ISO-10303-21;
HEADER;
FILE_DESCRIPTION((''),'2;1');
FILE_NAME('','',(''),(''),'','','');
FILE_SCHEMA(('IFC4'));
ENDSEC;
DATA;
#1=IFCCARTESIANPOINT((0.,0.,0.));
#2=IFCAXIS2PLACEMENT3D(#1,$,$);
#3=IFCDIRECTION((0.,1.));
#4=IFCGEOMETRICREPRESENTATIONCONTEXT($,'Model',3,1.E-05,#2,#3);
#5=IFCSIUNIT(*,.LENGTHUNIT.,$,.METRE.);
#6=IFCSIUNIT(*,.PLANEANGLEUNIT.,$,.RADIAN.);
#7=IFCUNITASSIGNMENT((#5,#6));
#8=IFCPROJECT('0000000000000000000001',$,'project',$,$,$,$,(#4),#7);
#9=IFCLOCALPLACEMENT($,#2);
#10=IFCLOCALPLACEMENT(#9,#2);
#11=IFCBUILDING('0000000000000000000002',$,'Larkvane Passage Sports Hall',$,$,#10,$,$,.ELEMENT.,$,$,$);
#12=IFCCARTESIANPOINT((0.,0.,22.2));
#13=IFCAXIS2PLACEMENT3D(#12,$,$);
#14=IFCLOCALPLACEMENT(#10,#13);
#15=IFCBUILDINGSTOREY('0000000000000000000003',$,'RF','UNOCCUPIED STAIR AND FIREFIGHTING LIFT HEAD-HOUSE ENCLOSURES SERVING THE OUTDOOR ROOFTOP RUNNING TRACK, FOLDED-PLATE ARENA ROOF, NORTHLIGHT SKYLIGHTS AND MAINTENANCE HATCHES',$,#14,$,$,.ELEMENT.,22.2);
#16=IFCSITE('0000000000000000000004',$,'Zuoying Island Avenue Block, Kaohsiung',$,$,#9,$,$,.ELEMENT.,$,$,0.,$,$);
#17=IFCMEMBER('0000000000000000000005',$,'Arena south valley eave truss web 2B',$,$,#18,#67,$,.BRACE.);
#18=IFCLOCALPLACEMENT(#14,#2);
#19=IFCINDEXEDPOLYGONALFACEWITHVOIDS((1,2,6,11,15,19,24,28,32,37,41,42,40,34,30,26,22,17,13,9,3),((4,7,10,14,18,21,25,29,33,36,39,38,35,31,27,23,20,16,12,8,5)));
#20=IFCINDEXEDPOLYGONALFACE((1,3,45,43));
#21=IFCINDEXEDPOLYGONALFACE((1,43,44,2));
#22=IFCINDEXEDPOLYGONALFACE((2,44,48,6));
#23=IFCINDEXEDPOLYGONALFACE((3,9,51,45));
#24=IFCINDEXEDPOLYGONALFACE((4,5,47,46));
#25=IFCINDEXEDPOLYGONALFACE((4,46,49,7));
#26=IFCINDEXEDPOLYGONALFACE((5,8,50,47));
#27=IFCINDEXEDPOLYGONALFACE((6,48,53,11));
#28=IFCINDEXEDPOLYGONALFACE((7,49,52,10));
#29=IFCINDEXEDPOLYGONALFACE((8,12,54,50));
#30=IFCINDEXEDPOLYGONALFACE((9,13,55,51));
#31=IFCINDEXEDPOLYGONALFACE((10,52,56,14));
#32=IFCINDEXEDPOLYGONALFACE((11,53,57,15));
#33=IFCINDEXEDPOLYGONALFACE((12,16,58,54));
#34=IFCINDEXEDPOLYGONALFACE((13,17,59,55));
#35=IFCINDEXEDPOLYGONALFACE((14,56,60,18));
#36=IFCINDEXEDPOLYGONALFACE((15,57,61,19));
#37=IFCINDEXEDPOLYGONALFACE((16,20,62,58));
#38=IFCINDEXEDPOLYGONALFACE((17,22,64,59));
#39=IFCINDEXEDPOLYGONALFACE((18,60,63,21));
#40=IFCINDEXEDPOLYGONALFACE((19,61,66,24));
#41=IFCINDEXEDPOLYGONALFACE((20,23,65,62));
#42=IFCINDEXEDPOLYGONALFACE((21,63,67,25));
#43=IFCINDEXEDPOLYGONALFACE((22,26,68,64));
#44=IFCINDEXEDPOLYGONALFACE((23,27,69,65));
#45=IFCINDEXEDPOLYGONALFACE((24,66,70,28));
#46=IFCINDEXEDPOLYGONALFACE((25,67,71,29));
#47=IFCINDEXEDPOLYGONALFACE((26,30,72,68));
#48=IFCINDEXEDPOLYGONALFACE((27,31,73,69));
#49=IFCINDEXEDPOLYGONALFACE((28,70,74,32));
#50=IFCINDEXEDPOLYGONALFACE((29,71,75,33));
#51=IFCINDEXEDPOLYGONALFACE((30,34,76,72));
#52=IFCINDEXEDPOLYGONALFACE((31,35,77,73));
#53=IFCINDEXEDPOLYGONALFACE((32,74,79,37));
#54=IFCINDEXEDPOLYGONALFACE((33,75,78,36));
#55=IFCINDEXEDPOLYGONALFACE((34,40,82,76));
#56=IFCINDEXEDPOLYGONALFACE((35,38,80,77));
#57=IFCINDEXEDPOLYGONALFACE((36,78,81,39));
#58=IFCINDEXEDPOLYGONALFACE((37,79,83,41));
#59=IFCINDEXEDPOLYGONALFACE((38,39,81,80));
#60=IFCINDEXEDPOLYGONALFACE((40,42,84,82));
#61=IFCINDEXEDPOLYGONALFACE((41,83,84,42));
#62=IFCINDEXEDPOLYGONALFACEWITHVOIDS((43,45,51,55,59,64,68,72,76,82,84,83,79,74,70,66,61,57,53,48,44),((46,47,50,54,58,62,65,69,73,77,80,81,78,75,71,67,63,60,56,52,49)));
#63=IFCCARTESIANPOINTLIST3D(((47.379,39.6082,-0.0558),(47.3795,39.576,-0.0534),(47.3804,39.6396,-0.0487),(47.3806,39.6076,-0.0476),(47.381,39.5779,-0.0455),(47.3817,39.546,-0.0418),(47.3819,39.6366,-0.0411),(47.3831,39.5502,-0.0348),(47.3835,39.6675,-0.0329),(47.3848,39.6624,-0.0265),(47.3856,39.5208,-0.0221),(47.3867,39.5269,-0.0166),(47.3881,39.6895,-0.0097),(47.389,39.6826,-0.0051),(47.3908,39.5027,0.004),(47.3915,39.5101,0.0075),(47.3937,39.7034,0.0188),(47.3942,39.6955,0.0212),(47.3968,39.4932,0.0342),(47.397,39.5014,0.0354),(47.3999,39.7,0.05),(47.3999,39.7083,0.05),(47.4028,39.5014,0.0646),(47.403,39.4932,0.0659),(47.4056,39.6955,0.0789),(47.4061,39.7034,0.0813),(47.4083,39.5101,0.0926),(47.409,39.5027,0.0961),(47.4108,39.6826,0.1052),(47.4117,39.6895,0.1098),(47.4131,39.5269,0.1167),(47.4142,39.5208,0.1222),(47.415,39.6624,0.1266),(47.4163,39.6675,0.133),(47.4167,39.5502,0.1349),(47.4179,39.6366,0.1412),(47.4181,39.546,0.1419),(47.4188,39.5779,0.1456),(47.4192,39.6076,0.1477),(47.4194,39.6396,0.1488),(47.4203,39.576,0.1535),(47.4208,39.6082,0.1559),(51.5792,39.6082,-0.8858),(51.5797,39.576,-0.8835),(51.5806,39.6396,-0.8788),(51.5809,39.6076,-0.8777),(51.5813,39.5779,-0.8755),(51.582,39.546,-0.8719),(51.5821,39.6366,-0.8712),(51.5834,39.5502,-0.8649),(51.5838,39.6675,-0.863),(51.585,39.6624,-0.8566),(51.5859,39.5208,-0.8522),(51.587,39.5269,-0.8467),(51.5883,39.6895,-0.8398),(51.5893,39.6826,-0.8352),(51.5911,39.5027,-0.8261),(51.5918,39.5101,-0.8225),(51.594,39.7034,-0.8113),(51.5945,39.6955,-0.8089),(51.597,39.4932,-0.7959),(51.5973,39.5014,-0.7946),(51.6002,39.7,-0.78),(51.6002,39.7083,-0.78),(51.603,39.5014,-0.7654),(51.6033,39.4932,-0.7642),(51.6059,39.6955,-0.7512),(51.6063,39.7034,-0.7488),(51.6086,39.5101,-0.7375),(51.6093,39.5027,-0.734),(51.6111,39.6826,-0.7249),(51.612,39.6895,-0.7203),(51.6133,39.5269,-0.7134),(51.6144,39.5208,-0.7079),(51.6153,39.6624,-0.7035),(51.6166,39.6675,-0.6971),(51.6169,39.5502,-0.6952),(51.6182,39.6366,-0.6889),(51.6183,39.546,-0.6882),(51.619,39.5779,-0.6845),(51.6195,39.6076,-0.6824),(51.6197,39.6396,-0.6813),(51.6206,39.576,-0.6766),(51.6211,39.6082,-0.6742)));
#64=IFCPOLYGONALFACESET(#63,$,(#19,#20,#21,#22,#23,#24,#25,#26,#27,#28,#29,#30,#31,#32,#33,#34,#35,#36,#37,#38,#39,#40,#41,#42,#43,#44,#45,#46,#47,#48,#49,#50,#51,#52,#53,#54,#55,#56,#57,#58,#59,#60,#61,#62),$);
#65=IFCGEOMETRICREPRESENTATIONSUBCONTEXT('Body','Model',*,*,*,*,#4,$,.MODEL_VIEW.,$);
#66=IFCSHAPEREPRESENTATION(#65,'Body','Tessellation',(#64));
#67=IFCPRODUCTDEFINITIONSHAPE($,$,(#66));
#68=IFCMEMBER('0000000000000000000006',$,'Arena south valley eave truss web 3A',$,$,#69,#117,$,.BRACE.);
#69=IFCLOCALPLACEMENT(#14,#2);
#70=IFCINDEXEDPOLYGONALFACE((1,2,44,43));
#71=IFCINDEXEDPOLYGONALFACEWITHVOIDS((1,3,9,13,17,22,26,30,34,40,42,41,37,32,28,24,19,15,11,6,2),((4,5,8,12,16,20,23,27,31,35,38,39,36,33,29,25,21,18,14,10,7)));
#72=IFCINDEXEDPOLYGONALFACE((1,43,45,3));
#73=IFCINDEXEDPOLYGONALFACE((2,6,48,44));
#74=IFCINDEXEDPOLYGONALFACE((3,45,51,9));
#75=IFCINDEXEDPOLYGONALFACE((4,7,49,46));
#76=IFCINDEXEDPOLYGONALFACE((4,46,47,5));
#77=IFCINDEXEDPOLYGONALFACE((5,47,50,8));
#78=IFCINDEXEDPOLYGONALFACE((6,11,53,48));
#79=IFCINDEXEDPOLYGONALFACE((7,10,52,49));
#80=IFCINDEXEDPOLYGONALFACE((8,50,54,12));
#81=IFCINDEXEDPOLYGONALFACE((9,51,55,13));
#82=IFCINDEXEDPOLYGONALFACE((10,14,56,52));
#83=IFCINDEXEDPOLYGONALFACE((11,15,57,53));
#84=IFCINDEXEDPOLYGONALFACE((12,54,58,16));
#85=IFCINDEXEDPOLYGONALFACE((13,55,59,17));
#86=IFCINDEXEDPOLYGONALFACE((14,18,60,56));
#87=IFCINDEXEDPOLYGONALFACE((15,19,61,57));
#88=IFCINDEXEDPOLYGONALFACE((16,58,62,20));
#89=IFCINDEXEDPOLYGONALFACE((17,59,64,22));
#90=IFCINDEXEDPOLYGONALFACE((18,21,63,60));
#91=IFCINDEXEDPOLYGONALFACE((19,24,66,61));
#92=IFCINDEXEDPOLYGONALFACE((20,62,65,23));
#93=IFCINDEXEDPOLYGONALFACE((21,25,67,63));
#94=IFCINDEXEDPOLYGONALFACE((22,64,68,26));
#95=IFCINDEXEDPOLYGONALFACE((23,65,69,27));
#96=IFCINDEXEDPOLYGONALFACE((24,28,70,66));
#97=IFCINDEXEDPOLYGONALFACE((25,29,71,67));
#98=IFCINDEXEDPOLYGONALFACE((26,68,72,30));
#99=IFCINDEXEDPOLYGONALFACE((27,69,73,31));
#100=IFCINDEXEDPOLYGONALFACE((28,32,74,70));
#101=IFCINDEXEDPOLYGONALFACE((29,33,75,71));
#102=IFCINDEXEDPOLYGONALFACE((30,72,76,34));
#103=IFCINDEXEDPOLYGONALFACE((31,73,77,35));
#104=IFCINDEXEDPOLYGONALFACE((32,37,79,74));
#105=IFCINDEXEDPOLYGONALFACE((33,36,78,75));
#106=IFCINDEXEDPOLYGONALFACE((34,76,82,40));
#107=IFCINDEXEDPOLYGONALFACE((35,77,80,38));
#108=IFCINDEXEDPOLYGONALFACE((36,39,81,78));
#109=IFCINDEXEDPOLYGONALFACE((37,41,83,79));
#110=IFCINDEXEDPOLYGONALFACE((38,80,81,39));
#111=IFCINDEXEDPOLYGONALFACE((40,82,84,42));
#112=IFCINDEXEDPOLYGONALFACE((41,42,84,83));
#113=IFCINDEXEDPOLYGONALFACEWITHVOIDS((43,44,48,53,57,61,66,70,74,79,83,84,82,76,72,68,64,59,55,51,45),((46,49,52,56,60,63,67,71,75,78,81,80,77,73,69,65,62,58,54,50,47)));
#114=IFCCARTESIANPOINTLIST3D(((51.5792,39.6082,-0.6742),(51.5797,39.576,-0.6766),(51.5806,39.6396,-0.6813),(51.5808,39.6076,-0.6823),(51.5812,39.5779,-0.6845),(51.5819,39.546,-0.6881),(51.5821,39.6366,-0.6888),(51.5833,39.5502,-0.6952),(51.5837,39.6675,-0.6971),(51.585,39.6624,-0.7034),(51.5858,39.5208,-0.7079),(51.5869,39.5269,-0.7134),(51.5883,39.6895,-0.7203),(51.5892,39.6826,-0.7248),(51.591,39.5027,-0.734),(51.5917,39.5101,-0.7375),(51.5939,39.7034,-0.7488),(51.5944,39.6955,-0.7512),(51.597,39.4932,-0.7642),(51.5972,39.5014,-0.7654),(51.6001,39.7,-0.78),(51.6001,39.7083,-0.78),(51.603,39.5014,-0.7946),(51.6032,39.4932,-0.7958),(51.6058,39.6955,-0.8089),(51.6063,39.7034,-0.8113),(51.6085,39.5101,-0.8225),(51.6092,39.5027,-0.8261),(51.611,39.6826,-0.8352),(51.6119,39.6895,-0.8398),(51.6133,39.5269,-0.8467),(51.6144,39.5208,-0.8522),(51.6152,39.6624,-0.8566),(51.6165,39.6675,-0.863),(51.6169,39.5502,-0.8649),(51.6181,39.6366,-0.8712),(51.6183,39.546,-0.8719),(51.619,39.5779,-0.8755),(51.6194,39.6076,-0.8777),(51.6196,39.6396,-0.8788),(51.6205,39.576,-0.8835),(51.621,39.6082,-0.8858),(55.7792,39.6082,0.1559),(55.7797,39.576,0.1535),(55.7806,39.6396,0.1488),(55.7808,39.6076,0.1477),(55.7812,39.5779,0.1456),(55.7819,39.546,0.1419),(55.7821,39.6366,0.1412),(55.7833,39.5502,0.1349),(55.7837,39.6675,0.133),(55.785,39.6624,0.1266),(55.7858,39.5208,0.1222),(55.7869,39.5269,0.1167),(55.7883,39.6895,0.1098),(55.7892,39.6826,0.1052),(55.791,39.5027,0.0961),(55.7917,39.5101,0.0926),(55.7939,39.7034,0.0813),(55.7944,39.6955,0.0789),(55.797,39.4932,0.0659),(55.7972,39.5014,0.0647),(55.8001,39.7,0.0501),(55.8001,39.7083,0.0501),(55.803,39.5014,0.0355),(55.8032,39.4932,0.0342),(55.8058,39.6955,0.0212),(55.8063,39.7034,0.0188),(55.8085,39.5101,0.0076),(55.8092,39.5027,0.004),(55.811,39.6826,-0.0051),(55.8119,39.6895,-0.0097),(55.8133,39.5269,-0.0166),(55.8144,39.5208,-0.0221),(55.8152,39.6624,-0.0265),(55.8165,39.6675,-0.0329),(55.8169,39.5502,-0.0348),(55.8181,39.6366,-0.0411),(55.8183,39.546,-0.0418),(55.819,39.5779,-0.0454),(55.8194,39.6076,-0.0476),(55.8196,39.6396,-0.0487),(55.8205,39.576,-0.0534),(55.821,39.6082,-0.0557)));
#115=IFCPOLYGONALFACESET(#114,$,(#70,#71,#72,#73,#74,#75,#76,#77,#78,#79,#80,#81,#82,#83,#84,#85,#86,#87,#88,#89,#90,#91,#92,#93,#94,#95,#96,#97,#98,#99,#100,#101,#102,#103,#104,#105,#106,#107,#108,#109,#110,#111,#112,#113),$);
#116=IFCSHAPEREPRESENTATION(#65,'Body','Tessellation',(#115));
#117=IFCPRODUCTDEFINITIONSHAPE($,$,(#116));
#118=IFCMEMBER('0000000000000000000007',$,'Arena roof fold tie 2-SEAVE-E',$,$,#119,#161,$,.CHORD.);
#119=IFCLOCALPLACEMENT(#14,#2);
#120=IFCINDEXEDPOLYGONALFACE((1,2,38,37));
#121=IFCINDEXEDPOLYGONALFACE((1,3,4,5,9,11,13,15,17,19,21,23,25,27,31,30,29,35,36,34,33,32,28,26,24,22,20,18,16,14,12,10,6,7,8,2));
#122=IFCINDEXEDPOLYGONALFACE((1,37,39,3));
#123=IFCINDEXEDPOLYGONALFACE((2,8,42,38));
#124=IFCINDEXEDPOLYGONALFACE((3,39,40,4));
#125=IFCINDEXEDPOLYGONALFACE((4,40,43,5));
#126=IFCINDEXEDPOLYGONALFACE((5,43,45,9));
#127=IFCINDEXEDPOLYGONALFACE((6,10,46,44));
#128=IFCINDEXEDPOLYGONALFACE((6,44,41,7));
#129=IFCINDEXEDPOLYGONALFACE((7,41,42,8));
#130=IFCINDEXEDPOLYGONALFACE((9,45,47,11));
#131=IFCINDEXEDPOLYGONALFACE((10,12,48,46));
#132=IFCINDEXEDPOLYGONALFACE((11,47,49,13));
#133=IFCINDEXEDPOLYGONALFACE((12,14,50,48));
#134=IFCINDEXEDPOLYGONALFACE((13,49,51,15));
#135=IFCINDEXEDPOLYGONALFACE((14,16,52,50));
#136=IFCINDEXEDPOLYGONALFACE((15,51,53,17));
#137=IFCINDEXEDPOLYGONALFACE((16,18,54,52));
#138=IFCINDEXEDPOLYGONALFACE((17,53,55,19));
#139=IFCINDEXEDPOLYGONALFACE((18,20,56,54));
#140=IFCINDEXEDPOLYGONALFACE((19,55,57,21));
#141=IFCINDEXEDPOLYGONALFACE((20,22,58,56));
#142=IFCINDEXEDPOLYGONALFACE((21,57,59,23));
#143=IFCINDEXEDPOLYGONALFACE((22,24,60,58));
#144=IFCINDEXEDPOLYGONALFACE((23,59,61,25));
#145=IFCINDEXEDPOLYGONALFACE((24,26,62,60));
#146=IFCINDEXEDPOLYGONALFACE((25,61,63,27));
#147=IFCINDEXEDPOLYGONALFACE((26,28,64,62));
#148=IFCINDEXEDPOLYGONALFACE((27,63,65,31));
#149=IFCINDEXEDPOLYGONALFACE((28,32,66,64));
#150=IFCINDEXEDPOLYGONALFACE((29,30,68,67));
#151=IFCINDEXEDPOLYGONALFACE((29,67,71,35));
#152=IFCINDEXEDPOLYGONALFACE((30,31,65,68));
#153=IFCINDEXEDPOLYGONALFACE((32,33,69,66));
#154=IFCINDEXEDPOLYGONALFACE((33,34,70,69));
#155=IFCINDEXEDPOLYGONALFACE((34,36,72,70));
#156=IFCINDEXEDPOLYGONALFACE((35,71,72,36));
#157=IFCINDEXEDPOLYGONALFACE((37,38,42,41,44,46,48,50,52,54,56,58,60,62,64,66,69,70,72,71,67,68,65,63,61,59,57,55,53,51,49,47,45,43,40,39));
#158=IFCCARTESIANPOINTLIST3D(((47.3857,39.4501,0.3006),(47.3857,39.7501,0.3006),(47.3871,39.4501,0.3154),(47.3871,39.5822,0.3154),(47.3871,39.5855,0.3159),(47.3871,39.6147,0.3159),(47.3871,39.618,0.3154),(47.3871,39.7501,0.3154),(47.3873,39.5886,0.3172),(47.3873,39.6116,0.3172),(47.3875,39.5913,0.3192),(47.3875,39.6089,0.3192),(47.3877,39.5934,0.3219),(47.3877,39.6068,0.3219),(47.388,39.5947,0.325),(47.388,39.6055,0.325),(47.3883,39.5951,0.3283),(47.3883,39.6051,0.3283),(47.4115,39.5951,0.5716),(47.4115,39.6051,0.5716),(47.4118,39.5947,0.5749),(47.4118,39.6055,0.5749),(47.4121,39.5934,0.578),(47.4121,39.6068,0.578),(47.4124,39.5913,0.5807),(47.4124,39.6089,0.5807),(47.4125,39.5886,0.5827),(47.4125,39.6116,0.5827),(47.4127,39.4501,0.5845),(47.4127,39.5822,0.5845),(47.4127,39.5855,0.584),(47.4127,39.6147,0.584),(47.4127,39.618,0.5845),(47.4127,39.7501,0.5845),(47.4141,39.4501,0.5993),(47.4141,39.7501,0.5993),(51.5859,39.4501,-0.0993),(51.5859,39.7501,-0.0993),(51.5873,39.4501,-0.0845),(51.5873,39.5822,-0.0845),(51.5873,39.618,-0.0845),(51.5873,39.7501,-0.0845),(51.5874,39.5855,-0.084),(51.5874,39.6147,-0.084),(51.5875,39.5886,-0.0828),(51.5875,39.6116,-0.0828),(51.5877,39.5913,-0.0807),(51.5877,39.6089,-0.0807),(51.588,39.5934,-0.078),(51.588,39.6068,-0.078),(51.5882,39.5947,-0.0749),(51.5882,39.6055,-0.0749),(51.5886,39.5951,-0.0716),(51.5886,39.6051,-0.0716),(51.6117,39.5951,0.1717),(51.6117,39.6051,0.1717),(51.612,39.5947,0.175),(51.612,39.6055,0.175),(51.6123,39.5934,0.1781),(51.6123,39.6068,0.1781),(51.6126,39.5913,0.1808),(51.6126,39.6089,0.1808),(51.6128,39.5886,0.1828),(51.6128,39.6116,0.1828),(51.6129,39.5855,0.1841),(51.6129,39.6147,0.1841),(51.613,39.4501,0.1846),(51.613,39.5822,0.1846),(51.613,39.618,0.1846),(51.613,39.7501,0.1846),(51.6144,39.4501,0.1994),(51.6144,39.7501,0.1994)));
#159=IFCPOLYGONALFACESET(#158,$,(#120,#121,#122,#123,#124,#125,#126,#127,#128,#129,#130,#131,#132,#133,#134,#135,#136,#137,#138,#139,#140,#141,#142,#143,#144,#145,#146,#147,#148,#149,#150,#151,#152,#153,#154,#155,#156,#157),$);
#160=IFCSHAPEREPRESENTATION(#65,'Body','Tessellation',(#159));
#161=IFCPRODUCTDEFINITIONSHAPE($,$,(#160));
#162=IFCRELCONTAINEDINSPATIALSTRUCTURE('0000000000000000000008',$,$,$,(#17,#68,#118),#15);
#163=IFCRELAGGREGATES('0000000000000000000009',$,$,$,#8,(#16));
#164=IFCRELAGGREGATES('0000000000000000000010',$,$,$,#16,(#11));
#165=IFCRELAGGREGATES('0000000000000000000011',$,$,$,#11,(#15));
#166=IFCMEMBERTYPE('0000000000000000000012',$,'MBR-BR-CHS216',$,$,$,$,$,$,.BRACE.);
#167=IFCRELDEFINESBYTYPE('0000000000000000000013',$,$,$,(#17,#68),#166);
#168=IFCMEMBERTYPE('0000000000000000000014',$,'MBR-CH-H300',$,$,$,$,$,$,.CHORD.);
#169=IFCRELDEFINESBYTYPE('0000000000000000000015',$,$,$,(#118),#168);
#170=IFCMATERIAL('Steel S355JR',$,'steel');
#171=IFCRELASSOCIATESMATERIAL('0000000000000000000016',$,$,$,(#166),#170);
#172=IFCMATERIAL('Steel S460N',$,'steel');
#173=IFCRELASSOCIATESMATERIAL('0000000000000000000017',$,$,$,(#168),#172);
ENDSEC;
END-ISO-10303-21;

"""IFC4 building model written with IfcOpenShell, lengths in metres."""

from ifc_helpers import new_model, si_unit, direction, frame, origin, origin_2d, place, context, subcontext, project, spatial, hollow_circle, i_section, extrude, material, material_profile, profile_set, type_object, element, save


model = new_model("IFC4")

# Units and contexts
model_context = context("Model", 3, precision=1e-05, world=origin(), true_north=direction((0.0, 1.0)))
body_context = subcontext(model_context, "Body", "Model", "MODEL_VIEW")
ifc_project = project(units=[si_unit("LENGTHUNIT", "METRE"), si_unit("PLANEANGLEUNIT", "RADIAN")], contexts=[model_context])

# Site, building, storey
site_placement = place(None, origin())
site = spatial("IfcSite", under=ifc_project, at=site_placement, Name="Zuoying Island Avenue Block, Kaohsiung", CompositionType="ELEMENT", RefElevation=0.0)
building_placement = place(site_placement, origin())
building = spatial("IfcBuilding", under=site, at=building_placement, Name="Larkvane Passage Sports Hall", CompositionType="ELEMENT")
storey_placement = place(building_placement, frame((0.0, 0.0, 22.2)))
storey = spatial("IfcBuildingStorey", under=building, at=storey_placement, Name="RF", Description="UNOCCUPIED STAIR AND FIREFIGHTING LIFT HEAD-HOUSE ENCLOSURES SERVING THE OUTDOOR ROOFTOP RUNNING TRACK, FOLDED-PLATE ARENA ROOF, NORTHLIGHT SKYLIGHTS AND MAINTENANCE HATCHES", CompositionType="ELEMENT", Elevation=22.2)

# Shared definitions
ifc_material_1 = material(Name="Steel S355JR", Category="steel")
ifc_material_2 = material(Name="Steel S460N", Category="steel")

# Members
ifc_material_profile_1 = material_profile(ifc_material_1, hollow_circle(Radius=0.1082, WallThickness=0.0083, at=origin_2d()), Name="CHS-216.3x8.2")
ifc_profile_set_1 = profile_set([ifc_material_profile_1], Name="Steel S355JR")
member_type_1 = type_object("IfcMemberType", Name="MBR-BR-CHS216", PredefinedType="BRACE", material=ifc_profile_set_1)
member_1_placement = place(storey_placement, frame((47.3999, 39.6001, 0.05), z_axis=(0.981026, 0.0, -0.193879), x_axis=(0.0, 1.0, 0.0)))
element("IfcMember", 1, at=member_1_placement, inside=storey, type_object=member_type_1, Name="Arena south valley eave truss web 2B", PredefinedType="BRACE", context=body_context, shape_type="SweptSolid", body=[
    extrude(hollow_circle(Radius=0.1082, WallThickness=0.0083, at=origin_2d()), origin(), (0.0, 0.0, 1.0), 4.2815),
])
member_2_placement = place(storey_placement, frame((51.6001, 39.6001, -0.78), z_axis=(0.981023, 0.0, 0.193889), x_axis=(0.0, 1.0, 0.0)))
element("IfcMember", 2, at=member_2_placement, inside=storey, type_object=member_type_1, Name="Arena south valley eave truss web 3A", PredefinedType="BRACE", context=body_context, shape_type="SweptSolid", body=[
    extrude(hollow_circle(Radius=0.1082, WallThickness=0.0083, at=origin_2d()), origin(), (0.0, 0.0, 1.0), 4.2812),
])
ifc_material_profile_2 = material_profile(ifc_material_2, i_section(OverallWidth=0.3, OverallDepth=0.3, WebThickness=0.01, FlangeThickness=0.0149, FilletRadius=0.0129, at=origin_2d()), Name="H-300x300x10x15")
ifc_profile_set_2 = profile_set([ifc_material_profile_2], Name="Steel S460N")
member_type_2 = type_object("IfcMemberType", Name="MBR-CH-H300", PredefinedType="CHORD", material=ifc_profile_set_2)
member_3_placement = place(storey_placement, frame((47.3999, 39.6001, 0.45), z_axis=(0.995498, 0.0, -0.094782), x_axis=(0.0, 1.0, 0.0)))
element("IfcMember", 3, at=member_3_placement, inside=storey, type_object=member_type_2, Name="Arena roof fold tie 2-SEAVE-E", PredefinedType="CHORD", context=body_context, shape_type="SweptSolid", body=[
    extrude(i_section(OverallWidth=0.3, OverallDepth=0.3, WebThickness=0.01, FlangeThickness=0.0149, FilletRadius=0.0129, at=origin_2d()), origin(), (0.0, 0.0, 1.0), 4.2192),
])

save(model, "model.ifc")
